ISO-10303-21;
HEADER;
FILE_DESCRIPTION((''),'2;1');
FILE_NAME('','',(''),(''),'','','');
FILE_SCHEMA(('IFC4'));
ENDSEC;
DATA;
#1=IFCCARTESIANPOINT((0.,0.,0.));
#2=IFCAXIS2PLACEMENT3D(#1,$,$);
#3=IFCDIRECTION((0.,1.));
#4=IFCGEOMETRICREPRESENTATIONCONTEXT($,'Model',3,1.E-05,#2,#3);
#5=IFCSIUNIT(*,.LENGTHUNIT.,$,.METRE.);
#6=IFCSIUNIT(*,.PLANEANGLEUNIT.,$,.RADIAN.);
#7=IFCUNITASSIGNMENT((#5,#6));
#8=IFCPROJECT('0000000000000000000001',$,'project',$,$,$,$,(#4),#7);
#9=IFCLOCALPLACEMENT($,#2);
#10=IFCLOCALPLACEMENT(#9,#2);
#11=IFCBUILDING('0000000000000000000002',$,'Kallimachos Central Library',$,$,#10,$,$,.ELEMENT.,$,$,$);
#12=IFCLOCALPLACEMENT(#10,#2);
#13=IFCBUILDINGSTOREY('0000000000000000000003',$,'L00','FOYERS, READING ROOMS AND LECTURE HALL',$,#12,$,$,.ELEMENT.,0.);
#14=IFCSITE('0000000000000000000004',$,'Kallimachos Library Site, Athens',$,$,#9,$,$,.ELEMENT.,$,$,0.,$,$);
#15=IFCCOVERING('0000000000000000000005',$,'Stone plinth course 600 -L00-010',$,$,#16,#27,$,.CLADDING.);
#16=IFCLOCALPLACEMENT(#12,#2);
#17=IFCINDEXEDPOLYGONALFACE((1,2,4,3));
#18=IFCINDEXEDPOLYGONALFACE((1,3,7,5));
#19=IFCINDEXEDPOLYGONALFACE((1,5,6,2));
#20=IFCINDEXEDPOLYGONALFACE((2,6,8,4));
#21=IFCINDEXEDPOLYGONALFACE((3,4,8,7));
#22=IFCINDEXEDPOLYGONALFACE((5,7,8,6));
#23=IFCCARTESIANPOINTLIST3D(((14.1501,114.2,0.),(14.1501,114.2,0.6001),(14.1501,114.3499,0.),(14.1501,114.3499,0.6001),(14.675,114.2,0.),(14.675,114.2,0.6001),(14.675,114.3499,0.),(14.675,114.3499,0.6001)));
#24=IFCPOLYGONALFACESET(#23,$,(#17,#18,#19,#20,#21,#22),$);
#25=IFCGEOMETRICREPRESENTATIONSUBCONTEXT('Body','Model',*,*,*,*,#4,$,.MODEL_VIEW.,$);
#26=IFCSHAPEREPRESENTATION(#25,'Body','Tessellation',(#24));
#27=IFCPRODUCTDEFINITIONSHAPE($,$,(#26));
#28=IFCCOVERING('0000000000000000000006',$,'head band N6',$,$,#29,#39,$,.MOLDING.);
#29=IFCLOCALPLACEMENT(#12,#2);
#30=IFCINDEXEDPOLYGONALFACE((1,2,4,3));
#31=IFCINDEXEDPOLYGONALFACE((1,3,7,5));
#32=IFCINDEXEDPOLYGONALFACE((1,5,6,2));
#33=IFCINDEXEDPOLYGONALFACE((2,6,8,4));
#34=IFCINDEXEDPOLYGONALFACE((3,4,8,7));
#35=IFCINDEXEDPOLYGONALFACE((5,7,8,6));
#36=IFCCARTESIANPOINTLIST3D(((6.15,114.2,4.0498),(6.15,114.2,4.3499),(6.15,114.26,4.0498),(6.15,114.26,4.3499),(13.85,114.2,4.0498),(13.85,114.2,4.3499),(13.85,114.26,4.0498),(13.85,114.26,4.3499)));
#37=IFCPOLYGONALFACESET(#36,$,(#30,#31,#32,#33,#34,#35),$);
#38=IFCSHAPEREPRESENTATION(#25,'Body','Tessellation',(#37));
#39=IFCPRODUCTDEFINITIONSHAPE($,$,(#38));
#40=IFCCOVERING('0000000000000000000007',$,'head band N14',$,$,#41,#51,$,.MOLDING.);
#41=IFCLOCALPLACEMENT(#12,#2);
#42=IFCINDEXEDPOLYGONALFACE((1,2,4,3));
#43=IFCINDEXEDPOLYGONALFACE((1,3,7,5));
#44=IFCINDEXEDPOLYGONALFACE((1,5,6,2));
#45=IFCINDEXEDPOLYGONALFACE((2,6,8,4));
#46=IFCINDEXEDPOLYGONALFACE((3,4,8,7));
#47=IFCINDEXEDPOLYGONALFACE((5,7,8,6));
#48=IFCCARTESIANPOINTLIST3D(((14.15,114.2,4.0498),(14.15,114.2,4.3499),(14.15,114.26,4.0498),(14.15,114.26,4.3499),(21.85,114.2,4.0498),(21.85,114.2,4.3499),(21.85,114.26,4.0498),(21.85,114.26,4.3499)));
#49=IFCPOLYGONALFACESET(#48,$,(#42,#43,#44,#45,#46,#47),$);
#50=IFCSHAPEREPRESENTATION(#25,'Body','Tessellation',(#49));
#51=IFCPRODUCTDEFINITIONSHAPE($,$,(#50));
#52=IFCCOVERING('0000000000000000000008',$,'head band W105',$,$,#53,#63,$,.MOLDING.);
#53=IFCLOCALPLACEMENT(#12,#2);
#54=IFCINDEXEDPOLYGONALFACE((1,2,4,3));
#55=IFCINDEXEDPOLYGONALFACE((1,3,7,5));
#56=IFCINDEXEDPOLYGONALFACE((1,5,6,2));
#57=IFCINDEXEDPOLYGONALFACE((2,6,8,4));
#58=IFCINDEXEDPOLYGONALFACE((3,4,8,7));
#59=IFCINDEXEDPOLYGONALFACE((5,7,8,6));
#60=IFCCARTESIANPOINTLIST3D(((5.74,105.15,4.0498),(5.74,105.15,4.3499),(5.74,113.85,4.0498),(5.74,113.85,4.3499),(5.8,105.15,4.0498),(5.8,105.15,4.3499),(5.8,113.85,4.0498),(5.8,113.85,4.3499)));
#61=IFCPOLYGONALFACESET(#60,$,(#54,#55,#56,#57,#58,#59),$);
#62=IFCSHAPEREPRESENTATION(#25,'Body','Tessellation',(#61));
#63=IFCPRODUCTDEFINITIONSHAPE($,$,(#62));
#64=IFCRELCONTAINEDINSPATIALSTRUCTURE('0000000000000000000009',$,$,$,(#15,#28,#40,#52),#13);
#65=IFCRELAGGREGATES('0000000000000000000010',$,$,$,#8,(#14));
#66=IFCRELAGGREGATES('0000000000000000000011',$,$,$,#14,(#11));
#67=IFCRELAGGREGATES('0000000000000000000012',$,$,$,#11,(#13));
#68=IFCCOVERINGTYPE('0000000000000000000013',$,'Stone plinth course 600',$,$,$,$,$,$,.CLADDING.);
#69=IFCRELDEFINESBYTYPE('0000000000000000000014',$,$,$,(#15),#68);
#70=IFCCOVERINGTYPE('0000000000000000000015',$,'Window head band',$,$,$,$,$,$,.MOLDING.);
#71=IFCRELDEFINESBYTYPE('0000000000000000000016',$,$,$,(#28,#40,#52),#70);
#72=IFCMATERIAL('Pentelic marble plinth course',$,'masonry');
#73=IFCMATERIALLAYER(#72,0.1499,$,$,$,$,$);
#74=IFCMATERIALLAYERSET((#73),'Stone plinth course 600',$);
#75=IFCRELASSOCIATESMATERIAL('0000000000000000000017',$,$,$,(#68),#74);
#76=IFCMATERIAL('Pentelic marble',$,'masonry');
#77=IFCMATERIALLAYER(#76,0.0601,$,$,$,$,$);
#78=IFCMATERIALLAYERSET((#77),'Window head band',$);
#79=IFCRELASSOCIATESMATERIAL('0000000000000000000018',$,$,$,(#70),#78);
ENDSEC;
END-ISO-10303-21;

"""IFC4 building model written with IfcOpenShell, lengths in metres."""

from ifc_helpers import new_model, si_unit, direction, frame, origin, origin_2d, place, context, subcontext, project, spatial, rectangle, extrude, material, layer, layer_set, type_object, element, save


model = new_model("IFC4")

# Units and contexts
model_context = context("Model", 3, precision=1e-05, world=origin(), true_north=direction((0.0, 1.0)))
body_context = subcontext(model_context, "Body", "Model", "MODEL_VIEW")
ifc_project = project(units=[si_unit("LENGTHUNIT", "METRE"), si_unit("PLANEANGLEUNIT", "RADIAN")], contexts=[model_context])

# Site, building, storey
site_placement = place(None, origin())
site = spatial("IfcSite", under=ifc_project, at=site_placement, Name="Kallimachos Library Site, Athens", CompositionType="ELEMENT", RefElevation=0.0)
building_placement = place(site_placement, origin())
building = spatial("IfcBuilding", under=site, at=building_placement, Name="Kallimachos Central Library", CompositionType="ELEMENT")
storey_placement = place(building_placement, origin())
storey = spatial("IfcBuildingStorey", under=building, at=storey_placement, Name="L00", Description="FOYERS, READING ROOMS AND LECTURE HALL", CompositionType="ELEMENT", Elevation=0.0)

# Coverings
ifc_material_1 = material(Name="Pentelic marble plinth course", Category="masonry")
ifc_layer_1 = layer(ifc_material_1, 0.1499)
ifc_layer_set_1 = layer_set([ifc_layer_1], Name="Stone plinth course 600")
covering_type_1 = type_object("IfcCoveringType", Name="Stone plinth course 600", PredefinedType="CLADDING", material=ifc_layer_set_1)
covering_1_placement = place(storey_placement, frame((14.4126, 114.2749, 0.0), z_axis=(0.0, 0.0, 1.0), x_axis=(1.0, 0.0, 0.0)))
element("IfcCovering", 1, at=covering_1_placement, inside=storey, type_object=covering_type_1, Name="Stone plinth course 600 -L00-010", PredefinedType="CLADDING", context=body_context, shape_type="SweptSolid", body=[
    extrude(rectangle(XDim=0.5249, YDim=0.1499, at=origin_2d()), origin(), (0.0, 0.0, 1.0), 0.6001),
])
ifc_material_2 = material(Name="Pentelic marble", Category="masonry")
ifc_layer_2 = layer(ifc_material_2, 0.0601)
ifc_layer_set_2 = layer_set([ifc_layer_2], Name="Window head band")
covering_type_2 = type_object("IfcCoveringType", Name="Window head band", PredefinedType="MOLDING", material=ifc_layer_set_2)
for number, where, z_axis, x_axis, name in (
    (2, (10.0, 114.23, 4.0498), (0.0, 0.0, 1.0), (1.0, 0.0, 0.0), "head band N6"),
    (3, (18.0, 114.23, 4.0498), (0.0, 0.0, 1.0), (1.0, 0.0, 0.0), "head band N14"),
):
    element("IfcCovering", number, at=place(storey_placement, frame(where, z_axis=z_axis, x_axis=x_axis)), inside=storey, type_object=covering_type_2, Name=name, PredefinedType="MOLDING", context=body_context, shape_type="SweptSolid", body=[
        extrude(rectangle(XDim=7.7, YDim=0.0601, at=origin_2d()), origin(), (0.0, 0.0, 1.0), 0.3),
    ])
covering_2_placement = place(storey_placement, frame((5.77, 109.5, 4.0498), z_axis=(0.0, 0.0, 1.0), x_axis=(1.0, 0.0, 0.0)))
element("IfcCovering", 4, at=covering_2_placement, inside=storey, type_object=covering_type_2, Name="head band W105", PredefinedType="MOLDING", context=body_context, shape_type="SweptSolid", body=[
    extrude(rectangle(XDim=0.0601, YDim=8.7, at=origin_2d()), origin(), (0.0, 0.0, 1.0), 0.3),
])

save(model, "model.ifc")
